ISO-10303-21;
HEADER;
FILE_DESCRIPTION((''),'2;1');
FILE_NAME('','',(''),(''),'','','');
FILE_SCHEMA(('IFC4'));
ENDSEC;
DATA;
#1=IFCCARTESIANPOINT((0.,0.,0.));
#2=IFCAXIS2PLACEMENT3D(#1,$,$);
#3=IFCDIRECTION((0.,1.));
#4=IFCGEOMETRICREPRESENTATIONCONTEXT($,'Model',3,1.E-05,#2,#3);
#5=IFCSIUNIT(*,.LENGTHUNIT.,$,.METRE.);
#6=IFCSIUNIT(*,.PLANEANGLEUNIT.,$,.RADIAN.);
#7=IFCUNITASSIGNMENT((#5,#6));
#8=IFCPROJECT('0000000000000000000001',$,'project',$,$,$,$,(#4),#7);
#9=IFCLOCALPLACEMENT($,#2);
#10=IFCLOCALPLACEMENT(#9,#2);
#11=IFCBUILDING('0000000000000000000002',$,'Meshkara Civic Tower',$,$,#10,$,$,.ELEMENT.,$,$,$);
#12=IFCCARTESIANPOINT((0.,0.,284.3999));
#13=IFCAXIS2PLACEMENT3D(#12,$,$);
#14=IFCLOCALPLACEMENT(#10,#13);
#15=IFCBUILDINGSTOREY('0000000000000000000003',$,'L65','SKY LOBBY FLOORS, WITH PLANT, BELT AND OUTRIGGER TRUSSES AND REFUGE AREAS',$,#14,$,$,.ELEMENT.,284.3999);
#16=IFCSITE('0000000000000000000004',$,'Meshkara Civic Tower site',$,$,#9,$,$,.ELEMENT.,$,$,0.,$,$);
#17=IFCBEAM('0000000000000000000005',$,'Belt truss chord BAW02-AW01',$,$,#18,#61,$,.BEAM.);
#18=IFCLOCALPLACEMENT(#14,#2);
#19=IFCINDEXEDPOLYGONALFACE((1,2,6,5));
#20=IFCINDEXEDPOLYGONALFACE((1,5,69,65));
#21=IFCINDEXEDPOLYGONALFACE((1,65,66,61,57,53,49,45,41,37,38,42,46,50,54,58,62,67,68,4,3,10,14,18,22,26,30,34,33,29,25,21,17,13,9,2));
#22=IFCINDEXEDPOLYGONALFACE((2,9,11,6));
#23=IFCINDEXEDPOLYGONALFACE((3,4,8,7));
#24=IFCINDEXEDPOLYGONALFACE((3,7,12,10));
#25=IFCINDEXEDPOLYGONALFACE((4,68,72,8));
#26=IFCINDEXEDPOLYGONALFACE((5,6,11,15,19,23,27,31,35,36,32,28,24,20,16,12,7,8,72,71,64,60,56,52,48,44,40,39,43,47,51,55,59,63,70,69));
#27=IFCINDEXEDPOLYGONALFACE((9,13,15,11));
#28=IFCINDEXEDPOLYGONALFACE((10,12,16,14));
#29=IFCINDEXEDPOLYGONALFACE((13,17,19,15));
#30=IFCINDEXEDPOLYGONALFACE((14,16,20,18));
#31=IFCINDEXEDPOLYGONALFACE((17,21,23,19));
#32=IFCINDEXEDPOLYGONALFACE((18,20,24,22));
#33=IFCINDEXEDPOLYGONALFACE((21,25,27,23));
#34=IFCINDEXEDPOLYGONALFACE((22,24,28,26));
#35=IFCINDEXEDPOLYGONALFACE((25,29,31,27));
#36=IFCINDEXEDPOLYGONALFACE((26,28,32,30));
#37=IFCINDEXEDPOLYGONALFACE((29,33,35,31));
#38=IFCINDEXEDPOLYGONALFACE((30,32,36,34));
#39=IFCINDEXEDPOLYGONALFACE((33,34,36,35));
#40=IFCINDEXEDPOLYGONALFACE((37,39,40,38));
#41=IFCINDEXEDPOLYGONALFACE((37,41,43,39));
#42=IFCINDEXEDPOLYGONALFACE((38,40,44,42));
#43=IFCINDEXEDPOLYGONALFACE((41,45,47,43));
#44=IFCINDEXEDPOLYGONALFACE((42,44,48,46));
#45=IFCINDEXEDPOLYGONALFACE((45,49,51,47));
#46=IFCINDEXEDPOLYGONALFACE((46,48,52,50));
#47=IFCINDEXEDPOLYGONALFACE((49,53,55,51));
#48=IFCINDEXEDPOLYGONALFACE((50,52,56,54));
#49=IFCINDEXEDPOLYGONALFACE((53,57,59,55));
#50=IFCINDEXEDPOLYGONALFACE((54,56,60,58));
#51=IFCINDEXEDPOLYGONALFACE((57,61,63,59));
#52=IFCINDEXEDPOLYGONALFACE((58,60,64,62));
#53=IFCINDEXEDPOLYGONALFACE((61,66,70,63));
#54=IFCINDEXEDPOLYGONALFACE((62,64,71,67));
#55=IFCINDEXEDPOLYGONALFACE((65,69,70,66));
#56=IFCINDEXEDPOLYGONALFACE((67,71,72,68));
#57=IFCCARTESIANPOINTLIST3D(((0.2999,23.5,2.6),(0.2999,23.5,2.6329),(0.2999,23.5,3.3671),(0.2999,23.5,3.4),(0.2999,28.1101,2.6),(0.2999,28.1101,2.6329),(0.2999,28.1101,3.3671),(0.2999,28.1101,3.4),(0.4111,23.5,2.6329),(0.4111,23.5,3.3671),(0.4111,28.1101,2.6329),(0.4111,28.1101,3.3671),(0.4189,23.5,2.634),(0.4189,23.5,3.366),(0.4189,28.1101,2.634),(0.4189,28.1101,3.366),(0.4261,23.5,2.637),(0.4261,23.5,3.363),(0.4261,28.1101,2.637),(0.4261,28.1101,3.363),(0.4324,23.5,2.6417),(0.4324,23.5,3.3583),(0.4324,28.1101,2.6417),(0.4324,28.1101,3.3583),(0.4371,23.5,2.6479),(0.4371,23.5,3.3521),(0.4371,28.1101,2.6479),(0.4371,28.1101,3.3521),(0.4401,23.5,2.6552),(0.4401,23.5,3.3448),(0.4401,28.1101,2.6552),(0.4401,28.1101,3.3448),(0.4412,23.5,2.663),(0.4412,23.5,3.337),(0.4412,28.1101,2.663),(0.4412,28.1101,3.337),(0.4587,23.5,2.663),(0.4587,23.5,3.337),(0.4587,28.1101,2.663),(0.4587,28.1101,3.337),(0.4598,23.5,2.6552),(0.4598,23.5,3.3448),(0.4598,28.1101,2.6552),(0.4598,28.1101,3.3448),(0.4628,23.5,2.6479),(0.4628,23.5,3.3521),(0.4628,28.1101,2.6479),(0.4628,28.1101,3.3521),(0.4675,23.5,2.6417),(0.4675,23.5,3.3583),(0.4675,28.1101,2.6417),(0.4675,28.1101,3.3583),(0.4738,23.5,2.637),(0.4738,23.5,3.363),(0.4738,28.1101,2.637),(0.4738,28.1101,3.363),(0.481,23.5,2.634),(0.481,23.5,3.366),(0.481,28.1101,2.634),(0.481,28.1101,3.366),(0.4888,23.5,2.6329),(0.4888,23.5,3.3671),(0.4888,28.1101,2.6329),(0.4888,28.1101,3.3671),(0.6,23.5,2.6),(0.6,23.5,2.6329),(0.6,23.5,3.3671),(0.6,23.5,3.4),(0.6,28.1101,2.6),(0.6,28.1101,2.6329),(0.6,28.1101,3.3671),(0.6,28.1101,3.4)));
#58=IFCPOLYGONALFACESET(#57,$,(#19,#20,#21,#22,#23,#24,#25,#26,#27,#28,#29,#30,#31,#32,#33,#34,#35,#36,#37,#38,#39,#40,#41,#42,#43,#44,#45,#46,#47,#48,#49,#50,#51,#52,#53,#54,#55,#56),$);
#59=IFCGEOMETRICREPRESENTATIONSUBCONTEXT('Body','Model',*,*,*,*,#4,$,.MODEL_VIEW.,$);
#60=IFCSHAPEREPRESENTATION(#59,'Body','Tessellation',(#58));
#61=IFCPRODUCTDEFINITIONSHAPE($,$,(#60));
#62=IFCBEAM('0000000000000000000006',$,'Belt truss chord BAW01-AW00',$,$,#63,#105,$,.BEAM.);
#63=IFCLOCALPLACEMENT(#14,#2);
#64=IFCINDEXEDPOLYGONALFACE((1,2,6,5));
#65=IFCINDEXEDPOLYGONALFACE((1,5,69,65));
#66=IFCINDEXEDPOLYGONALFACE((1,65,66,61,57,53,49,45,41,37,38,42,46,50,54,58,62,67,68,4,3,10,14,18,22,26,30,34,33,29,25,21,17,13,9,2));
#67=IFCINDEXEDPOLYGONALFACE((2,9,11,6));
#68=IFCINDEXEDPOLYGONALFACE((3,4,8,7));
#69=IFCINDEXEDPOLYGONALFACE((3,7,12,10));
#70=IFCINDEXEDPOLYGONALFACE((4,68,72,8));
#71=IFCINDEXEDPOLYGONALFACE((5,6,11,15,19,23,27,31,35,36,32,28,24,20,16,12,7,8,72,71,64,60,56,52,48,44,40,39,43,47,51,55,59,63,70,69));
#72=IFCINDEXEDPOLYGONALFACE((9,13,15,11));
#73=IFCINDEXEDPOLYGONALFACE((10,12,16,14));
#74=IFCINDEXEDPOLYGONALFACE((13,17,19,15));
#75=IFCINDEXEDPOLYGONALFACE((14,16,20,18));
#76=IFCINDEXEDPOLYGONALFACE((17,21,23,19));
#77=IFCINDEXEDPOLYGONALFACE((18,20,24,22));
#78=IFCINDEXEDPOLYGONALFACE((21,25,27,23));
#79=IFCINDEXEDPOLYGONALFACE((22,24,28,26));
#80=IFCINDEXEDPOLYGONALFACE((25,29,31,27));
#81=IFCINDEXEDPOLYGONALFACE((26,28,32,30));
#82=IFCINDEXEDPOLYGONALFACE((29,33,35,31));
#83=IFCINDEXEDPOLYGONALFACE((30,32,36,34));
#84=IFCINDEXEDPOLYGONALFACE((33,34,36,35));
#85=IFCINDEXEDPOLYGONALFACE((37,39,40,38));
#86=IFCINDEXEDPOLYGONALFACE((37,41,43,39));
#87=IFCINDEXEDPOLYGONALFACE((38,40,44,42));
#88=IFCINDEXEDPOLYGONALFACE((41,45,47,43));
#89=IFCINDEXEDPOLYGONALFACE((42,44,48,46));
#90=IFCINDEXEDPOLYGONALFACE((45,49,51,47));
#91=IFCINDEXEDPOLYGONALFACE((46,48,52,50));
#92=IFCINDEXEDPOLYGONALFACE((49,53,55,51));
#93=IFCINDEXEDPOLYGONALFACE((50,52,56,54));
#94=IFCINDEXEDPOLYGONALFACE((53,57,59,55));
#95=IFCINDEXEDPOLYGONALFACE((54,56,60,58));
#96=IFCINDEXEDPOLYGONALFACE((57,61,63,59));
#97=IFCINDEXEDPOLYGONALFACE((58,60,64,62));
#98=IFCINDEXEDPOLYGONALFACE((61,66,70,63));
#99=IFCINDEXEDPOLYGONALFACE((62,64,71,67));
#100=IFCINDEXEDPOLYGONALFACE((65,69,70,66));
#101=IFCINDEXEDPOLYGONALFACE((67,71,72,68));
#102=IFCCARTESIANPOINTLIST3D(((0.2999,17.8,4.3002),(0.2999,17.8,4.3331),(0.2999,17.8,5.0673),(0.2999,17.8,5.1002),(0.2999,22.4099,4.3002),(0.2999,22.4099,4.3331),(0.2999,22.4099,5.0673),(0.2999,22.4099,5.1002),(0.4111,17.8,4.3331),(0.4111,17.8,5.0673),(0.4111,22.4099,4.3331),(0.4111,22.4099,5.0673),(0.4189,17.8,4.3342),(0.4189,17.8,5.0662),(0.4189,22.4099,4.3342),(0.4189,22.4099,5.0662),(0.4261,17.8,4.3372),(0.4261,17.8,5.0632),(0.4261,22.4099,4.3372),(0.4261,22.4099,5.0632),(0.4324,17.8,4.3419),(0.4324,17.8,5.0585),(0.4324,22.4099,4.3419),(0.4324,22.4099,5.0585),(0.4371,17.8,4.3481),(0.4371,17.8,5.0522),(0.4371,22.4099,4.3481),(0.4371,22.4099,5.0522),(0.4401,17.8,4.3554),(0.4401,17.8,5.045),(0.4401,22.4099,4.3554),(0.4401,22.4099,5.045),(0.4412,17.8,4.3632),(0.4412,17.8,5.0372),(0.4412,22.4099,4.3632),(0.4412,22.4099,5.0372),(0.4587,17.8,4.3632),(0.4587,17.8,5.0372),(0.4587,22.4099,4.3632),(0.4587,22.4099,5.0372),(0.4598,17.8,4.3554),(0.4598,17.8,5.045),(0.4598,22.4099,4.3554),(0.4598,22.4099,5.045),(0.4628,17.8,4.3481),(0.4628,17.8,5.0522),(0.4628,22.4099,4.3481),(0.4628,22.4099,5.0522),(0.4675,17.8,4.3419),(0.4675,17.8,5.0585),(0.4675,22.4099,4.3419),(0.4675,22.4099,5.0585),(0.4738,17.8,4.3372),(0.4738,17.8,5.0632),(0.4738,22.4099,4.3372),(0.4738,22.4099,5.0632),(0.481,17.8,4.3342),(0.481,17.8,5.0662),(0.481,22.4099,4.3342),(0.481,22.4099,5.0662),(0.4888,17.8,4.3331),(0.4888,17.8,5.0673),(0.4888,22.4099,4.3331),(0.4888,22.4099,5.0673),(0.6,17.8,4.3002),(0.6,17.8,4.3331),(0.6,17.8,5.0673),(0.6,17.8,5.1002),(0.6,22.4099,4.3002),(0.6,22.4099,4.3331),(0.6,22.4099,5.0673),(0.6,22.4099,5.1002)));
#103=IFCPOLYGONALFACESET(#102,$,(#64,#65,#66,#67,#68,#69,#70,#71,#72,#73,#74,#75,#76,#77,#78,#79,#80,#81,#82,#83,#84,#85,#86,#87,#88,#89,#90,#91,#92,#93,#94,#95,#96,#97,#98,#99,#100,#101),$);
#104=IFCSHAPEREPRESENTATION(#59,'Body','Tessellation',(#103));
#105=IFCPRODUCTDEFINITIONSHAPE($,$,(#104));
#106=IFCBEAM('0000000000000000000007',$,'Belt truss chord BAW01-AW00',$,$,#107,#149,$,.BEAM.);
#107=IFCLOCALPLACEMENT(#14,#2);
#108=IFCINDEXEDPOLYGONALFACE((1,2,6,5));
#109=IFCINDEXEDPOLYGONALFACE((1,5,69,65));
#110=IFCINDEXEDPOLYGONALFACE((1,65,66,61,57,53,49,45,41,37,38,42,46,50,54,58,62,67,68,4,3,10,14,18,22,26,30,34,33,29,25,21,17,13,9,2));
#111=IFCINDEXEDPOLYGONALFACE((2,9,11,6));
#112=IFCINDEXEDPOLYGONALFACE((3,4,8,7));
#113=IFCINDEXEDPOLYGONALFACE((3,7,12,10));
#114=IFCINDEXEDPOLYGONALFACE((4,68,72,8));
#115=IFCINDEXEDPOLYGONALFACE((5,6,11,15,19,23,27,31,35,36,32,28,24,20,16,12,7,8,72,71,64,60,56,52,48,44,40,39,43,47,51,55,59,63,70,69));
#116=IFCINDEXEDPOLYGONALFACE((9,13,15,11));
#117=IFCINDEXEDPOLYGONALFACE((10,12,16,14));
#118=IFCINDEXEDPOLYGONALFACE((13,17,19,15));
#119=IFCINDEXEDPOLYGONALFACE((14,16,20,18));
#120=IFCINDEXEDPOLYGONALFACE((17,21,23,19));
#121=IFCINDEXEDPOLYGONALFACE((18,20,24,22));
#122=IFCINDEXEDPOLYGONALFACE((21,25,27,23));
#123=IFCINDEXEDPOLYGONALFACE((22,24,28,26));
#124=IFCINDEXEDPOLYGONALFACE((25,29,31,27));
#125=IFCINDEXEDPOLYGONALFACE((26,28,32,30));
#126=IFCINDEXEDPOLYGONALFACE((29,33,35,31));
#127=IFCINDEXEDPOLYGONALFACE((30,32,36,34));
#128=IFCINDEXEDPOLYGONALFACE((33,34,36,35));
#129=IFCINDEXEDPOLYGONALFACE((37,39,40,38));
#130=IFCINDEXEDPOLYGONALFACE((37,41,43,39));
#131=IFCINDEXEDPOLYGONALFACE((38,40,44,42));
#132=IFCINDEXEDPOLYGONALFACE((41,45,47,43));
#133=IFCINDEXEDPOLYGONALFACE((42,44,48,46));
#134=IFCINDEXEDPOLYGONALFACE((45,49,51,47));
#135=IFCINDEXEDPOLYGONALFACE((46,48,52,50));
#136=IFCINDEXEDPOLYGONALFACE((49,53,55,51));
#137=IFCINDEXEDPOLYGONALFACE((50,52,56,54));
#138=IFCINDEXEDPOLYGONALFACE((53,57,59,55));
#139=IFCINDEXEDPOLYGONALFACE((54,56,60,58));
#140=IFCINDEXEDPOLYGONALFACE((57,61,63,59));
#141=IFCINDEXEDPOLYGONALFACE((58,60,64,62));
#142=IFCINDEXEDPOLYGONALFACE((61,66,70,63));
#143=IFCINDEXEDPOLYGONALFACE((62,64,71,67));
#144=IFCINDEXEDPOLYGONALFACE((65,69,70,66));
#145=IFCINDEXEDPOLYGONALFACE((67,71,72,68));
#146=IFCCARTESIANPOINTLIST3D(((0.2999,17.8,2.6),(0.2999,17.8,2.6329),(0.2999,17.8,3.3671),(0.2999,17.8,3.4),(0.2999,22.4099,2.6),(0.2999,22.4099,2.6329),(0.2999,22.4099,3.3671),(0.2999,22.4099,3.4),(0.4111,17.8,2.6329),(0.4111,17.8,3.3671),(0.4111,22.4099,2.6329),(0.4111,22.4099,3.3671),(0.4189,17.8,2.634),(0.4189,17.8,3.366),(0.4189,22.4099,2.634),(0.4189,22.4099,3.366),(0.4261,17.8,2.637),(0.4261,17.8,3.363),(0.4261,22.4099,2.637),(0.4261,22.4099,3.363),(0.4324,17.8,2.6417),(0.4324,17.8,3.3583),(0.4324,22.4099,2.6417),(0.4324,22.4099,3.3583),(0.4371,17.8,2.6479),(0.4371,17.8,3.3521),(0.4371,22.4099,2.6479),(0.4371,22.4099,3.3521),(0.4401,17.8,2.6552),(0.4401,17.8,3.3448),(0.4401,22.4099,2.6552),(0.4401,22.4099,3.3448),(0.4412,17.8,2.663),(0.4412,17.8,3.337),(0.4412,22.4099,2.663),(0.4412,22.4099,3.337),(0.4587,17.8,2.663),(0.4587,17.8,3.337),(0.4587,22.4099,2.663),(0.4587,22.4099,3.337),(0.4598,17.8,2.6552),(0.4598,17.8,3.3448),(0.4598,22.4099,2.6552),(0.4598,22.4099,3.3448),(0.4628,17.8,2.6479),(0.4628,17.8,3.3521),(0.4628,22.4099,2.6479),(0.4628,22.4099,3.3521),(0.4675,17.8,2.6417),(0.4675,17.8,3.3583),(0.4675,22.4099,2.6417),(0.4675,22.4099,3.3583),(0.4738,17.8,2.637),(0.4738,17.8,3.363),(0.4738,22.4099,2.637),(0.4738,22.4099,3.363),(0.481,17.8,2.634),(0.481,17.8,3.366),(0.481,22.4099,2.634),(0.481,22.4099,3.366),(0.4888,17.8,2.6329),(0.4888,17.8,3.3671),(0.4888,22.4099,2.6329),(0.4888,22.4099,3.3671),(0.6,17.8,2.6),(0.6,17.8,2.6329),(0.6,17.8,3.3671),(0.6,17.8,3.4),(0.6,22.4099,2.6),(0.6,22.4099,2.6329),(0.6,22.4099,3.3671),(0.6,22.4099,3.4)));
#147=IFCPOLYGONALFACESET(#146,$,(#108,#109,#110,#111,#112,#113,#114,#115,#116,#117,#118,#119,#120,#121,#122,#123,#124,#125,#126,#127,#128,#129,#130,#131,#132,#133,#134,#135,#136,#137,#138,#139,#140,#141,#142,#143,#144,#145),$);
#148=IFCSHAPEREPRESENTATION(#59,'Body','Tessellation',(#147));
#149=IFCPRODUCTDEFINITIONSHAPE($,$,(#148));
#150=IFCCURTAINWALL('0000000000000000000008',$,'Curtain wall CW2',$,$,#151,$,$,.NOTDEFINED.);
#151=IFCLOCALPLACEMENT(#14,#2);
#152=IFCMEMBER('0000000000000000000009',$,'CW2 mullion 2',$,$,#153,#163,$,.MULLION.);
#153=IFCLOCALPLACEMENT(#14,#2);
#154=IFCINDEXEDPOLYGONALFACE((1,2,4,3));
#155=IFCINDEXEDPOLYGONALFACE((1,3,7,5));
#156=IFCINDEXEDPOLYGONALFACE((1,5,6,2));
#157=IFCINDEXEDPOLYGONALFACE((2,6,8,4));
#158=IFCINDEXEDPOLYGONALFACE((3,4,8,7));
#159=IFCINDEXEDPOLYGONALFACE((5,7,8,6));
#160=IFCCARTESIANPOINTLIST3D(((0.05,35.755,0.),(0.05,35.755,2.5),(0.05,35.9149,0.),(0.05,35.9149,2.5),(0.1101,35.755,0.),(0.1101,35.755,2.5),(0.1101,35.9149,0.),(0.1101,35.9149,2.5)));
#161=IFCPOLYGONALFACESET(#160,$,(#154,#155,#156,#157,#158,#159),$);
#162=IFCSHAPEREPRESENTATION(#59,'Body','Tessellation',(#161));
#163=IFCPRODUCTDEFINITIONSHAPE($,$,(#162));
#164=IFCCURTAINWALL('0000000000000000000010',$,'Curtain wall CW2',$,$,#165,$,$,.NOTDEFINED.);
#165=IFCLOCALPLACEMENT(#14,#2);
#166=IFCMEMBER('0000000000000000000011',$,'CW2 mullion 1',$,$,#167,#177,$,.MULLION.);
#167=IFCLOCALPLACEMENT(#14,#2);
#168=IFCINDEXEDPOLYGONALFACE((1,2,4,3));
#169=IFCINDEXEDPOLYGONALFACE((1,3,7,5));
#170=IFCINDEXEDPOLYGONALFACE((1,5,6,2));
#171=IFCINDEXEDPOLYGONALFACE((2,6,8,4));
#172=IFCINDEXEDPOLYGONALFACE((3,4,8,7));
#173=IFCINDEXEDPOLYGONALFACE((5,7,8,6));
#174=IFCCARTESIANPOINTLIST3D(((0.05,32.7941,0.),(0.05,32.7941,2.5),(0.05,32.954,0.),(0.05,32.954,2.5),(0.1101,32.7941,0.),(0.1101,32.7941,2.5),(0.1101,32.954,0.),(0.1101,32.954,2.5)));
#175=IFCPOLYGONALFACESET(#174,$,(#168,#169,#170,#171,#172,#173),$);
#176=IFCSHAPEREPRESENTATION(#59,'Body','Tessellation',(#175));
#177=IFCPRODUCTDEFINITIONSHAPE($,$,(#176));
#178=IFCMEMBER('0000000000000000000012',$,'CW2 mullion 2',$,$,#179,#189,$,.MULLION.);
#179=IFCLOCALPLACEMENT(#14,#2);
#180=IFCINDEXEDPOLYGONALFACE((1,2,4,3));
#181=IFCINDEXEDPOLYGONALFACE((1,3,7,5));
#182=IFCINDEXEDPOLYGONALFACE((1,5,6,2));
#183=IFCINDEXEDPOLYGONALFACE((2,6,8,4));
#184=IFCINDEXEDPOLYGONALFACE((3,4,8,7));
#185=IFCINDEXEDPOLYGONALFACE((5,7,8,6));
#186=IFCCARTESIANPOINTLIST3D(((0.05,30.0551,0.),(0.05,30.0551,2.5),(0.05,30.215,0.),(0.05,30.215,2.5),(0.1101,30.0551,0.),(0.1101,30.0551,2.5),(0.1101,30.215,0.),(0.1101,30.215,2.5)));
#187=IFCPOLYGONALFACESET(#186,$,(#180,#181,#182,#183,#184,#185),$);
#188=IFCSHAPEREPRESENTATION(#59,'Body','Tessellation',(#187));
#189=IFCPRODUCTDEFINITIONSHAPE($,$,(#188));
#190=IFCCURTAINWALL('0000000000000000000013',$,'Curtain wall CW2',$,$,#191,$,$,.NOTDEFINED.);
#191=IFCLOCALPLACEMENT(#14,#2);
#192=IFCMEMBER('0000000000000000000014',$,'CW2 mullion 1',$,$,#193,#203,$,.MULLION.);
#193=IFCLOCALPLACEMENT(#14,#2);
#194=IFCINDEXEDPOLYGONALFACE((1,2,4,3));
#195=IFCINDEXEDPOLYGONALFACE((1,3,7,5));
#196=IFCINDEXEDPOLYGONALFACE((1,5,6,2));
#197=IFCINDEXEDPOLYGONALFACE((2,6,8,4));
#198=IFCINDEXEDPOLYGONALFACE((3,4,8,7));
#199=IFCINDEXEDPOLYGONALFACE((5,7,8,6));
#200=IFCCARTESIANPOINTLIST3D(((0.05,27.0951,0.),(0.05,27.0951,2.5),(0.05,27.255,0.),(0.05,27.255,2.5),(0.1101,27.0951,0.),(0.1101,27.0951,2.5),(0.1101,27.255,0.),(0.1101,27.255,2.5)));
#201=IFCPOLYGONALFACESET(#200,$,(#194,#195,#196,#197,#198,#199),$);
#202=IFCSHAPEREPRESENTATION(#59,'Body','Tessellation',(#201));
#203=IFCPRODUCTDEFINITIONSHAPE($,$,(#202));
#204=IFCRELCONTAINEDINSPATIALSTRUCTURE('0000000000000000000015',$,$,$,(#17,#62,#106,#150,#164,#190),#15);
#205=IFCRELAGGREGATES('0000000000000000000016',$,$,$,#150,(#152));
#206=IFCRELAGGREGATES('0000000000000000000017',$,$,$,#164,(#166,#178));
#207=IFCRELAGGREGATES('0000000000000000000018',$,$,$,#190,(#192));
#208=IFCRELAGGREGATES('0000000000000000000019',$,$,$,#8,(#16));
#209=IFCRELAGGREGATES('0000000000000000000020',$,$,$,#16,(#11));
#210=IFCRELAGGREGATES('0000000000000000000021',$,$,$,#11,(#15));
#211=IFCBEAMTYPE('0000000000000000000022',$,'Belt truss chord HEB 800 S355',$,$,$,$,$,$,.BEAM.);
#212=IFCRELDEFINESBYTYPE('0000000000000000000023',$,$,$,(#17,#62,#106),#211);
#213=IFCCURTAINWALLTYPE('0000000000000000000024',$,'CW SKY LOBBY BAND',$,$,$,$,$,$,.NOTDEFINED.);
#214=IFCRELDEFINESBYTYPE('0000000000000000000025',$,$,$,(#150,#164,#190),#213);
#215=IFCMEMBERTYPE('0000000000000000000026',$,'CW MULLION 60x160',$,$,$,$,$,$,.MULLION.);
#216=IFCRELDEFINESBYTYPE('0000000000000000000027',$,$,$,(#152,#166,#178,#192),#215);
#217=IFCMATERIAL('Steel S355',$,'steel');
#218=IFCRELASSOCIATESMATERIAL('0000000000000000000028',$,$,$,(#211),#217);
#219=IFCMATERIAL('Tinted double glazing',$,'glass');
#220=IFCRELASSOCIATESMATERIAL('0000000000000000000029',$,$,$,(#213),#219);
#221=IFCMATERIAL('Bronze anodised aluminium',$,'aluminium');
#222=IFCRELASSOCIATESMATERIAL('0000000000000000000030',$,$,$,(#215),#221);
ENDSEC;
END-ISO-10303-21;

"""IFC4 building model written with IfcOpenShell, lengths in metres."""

from ifc_helpers import new_model, si_unit, direction, frame, origin, origin_2d, place, context, subcontext, project, spatial, rectangle, i_section, extrude, material, material_profile, profile_set, type_object, element, aggregate, save


model = new_model("IFC4")

# Units and contexts
model_context = context("Model", 3, precision=1e-05, world=origin(), true_north=direction((0.0, 1.0)))
body_context = subcontext(model_context, "Body", "Model", "MODEL_VIEW")
ifc_project = project(units=[si_unit("LENGTHUNIT", "METRE"), si_unit("PLANEANGLEUNIT", "RADIAN")], contexts=[model_context])

# Site, building, storey
site_placement = place(None, origin())
site = spatial("IfcSite", under=ifc_project, at=site_placement, Name="Meshkara Civic Tower site", CompositionType="ELEMENT", RefElevation=0.0)
building_placement = place(site_placement, origin())
building = spatial("IfcBuilding", under=site, at=building_placement, Name="Meshkara Civic Tower", CompositionType="ELEMENT")
storey_placement = place(building_placement, frame((0.0, 0.0, 284.3999)))
storey = spatial("IfcBuildingStorey", under=building, at=storey_placement, Name="L65", Description="SKY LOBBY FLOORS, WITH PLANT, BELT AND OUTRIGGER TRUSSES AND REFUGE AREAS", CompositionType="ELEMENT", Elevation=284.3999)

# Beams
ifc_material_1 = material(Name="Steel S355", Category="steel")
ifc_material_profile_1 = material_profile(ifc_material_1, i_section(OverallWidth=0.3, OverallDepth=0.8, WebThickness=0.0176, FlangeThickness=0.033, FilletRadius=0.03, at=origin_2d()))
ifc_profile_set_1 = profile_set([ifc_material_profile_1], Name="Steel S355")
beam_type = type_object("IfcBeamType", Name="Belt truss chord HEB 800 S355", PredefinedType="BEAM", material=ifc_profile_set_1)
for number, where, z_axis, x_axis, name in (
    (1, (0.45, 28.1101, 3.0), (0.0, -1.0, 0.0), (1.0, 0.0, 0.0), "Belt truss chord BAW02-AW01"),
):
    element("IfcBeam", number, at=place(storey_placement, frame(where, z_axis=z_axis, x_axis=x_axis)), inside=storey, type_object=beam_type, Name=name, PredefinedType="BEAM", context=body_context, shape_type="SweptSolid", body=[
        extrude(i_section(OverallWidth=0.3, OverallDepth=0.8, WebThickness=0.0176, FlangeThickness=0.033, FilletRadius=0.03, at=origin_2d()), origin(), (0.0, 0.0, 1.0), 4.6101),
    ])
for number, where, z_axis, x_axis, name in (
    (2, (0.45, 22.4099, 4.7002), (0.0, -1.0, 0.0), (1.0, 0.0, 0.0), "Belt truss chord BAW01-AW00"),
    (3, (0.45, 22.4099, 3.0), (0.0, -1.0, 0.0), (1.0, 0.0, 0.0), "Belt truss chord BAW01-AW00"),
):
    element("IfcBeam", number, at=place(storey_placement, frame(where, z_axis=z_axis, x_axis=x_axis)), inside=storey, type_object=beam_type, Name=name, PredefinedType="BEAM", context=body_context, shape_type="SweptSolid", body=[
        extrude(i_section(OverallWidth=0.3, OverallDepth=0.8, WebThickness=0.0176, FlangeThickness=0.033, FilletRadius=0.03, at=origin_2d()), origin(), (0.0, 0.0, 1.0), 4.6099),
    ])

# Curtain wall, member
ifc_material_2 = material(Name="Tinted double glazing", Category="glass")
curtain_wall_type = type_object("IfcCurtainWallType", Name="CW SKY LOBBY BAND", PredefinedType="NOTDEFINED", material=ifc_material_2)
curtain_wall_1_placement = place(storey_placement, origin())
curtain_wall_1 = element("IfcCurtainWall", 4, at=curtain_wall_1_placement, inside=storey, type_object=curtain_wall_type, Name="Curtain wall CW2", PredefinedType="NOTDEFINED")
ifc_material_3 = material(Name="Bronze anodised aluminium", Category="aluminium")
ifc_material_profile_2 = material_profile(ifc_material_3, rectangle(XDim=0.0601, YDim=0.1599, at=origin_2d()))
ifc_profile_set_2 = profile_set([ifc_material_profile_2], Name="Bronze anodised aluminium")
member_type_1 = type_object("IfcMemberType", Name="CW MULLION 60x160", PredefinedType="MULLION", material=ifc_profile_set_2)
member_1_placement = place(storey_placement, frame((0.0801, 35.835, 0.0), z_axis=(0.0, 0.0, 1.0), x_axis=(1.0, 0.0, 0.0)))
member_1 = element("IfcMember", 5, at=member_1_placement, type_object=member_type_1, Name="CW2 mullion 2", PredefinedType="MULLION", context=body_context, shape_type="SweptSolid", body=[
    extrude(rectangle(XDim=0.0601, YDim=0.1599, at=origin_2d()), origin(), (0.0, 0.0, 1.0), 2.5),
])
aggregate(curtain_wall_1, [member_1])

# Curtain walls, members
curtain_wall_2_placement = place(storey_placement, origin())
curtain_wall_2 = element("IfcCurtainWall", 6, at=curtain_wall_2_placement, inside=storey, type_object=curtain_wall_type, Name="Curtain wall CW2", PredefinedType="NOTDEFINED")
member_2_placement = place(storey_placement, frame((0.0801, 32.874, 0.0), z_axis=(0.0, 0.0, 1.0), x_axis=(1.0, 0.0, 0.0)))
member_2 = element("IfcMember", 7, at=member_2_placement, type_object=member_type_1, Name="CW2 mullion 1", PredefinedType="MULLION", context=body_context, shape_type="SweptSolid", body=[
    extrude(rectangle(XDim=0.0601, YDim=0.1599, at=origin_2d()), origin(), (0.0, 0.0, 1.0), 2.5),
])
member_3_placement = place(storey_placement, frame((0.0801, 30.135, 0.0), z_axis=(0.0, 0.0, 1.0), x_axis=(1.0, 0.0, 0.0)))
member_3 = element("IfcMember", 8, at=member_3_placement, type_object=member_type_1, Name="CW2 mullion 2", PredefinedType="MULLION", context=body_context, shape_type="SweptSolid", body=[
    extrude(rectangle(XDim=0.0601, YDim=0.1599, at=origin_2d()), origin(), (0.0, 0.0, 1.0), 2.5),
])
curtain_wall_3_placement = place(storey_placement, origin())
curtain_wall_3 = element("IfcCurtainWall", 9, at=curtain_wall_3_placement, inside=storey, type_object=curtain_wall_type, Name="Curtain wall CW2", PredefinedType="NOTDEFINED")
member_4_placement = place(storey_placement, frame((0.0801, 27.175, 0.0), z_axis=(0.0, 0.0, 1.0), x_axis=(1.0, 0.0, 0.0)))
member_4 = element("IfcMember", 10, at=member_4_placement, type_object=member_type_1, Name="CW2 mullion 1", PredefinedType="MULLION", context=body_context, shape_type="SweptSolid", body=[
    extrude(rectangle(XDim=0.0601, YDim=0.1599, at=origin_2d()), origin(), (0.0, 0.0, 1.0), 2.5),
])

aggregate(curtain_wall_2, [member_2, member_3])
aggregate(curtain_wall_3, [member_4])

save(model, "model.ifc")
